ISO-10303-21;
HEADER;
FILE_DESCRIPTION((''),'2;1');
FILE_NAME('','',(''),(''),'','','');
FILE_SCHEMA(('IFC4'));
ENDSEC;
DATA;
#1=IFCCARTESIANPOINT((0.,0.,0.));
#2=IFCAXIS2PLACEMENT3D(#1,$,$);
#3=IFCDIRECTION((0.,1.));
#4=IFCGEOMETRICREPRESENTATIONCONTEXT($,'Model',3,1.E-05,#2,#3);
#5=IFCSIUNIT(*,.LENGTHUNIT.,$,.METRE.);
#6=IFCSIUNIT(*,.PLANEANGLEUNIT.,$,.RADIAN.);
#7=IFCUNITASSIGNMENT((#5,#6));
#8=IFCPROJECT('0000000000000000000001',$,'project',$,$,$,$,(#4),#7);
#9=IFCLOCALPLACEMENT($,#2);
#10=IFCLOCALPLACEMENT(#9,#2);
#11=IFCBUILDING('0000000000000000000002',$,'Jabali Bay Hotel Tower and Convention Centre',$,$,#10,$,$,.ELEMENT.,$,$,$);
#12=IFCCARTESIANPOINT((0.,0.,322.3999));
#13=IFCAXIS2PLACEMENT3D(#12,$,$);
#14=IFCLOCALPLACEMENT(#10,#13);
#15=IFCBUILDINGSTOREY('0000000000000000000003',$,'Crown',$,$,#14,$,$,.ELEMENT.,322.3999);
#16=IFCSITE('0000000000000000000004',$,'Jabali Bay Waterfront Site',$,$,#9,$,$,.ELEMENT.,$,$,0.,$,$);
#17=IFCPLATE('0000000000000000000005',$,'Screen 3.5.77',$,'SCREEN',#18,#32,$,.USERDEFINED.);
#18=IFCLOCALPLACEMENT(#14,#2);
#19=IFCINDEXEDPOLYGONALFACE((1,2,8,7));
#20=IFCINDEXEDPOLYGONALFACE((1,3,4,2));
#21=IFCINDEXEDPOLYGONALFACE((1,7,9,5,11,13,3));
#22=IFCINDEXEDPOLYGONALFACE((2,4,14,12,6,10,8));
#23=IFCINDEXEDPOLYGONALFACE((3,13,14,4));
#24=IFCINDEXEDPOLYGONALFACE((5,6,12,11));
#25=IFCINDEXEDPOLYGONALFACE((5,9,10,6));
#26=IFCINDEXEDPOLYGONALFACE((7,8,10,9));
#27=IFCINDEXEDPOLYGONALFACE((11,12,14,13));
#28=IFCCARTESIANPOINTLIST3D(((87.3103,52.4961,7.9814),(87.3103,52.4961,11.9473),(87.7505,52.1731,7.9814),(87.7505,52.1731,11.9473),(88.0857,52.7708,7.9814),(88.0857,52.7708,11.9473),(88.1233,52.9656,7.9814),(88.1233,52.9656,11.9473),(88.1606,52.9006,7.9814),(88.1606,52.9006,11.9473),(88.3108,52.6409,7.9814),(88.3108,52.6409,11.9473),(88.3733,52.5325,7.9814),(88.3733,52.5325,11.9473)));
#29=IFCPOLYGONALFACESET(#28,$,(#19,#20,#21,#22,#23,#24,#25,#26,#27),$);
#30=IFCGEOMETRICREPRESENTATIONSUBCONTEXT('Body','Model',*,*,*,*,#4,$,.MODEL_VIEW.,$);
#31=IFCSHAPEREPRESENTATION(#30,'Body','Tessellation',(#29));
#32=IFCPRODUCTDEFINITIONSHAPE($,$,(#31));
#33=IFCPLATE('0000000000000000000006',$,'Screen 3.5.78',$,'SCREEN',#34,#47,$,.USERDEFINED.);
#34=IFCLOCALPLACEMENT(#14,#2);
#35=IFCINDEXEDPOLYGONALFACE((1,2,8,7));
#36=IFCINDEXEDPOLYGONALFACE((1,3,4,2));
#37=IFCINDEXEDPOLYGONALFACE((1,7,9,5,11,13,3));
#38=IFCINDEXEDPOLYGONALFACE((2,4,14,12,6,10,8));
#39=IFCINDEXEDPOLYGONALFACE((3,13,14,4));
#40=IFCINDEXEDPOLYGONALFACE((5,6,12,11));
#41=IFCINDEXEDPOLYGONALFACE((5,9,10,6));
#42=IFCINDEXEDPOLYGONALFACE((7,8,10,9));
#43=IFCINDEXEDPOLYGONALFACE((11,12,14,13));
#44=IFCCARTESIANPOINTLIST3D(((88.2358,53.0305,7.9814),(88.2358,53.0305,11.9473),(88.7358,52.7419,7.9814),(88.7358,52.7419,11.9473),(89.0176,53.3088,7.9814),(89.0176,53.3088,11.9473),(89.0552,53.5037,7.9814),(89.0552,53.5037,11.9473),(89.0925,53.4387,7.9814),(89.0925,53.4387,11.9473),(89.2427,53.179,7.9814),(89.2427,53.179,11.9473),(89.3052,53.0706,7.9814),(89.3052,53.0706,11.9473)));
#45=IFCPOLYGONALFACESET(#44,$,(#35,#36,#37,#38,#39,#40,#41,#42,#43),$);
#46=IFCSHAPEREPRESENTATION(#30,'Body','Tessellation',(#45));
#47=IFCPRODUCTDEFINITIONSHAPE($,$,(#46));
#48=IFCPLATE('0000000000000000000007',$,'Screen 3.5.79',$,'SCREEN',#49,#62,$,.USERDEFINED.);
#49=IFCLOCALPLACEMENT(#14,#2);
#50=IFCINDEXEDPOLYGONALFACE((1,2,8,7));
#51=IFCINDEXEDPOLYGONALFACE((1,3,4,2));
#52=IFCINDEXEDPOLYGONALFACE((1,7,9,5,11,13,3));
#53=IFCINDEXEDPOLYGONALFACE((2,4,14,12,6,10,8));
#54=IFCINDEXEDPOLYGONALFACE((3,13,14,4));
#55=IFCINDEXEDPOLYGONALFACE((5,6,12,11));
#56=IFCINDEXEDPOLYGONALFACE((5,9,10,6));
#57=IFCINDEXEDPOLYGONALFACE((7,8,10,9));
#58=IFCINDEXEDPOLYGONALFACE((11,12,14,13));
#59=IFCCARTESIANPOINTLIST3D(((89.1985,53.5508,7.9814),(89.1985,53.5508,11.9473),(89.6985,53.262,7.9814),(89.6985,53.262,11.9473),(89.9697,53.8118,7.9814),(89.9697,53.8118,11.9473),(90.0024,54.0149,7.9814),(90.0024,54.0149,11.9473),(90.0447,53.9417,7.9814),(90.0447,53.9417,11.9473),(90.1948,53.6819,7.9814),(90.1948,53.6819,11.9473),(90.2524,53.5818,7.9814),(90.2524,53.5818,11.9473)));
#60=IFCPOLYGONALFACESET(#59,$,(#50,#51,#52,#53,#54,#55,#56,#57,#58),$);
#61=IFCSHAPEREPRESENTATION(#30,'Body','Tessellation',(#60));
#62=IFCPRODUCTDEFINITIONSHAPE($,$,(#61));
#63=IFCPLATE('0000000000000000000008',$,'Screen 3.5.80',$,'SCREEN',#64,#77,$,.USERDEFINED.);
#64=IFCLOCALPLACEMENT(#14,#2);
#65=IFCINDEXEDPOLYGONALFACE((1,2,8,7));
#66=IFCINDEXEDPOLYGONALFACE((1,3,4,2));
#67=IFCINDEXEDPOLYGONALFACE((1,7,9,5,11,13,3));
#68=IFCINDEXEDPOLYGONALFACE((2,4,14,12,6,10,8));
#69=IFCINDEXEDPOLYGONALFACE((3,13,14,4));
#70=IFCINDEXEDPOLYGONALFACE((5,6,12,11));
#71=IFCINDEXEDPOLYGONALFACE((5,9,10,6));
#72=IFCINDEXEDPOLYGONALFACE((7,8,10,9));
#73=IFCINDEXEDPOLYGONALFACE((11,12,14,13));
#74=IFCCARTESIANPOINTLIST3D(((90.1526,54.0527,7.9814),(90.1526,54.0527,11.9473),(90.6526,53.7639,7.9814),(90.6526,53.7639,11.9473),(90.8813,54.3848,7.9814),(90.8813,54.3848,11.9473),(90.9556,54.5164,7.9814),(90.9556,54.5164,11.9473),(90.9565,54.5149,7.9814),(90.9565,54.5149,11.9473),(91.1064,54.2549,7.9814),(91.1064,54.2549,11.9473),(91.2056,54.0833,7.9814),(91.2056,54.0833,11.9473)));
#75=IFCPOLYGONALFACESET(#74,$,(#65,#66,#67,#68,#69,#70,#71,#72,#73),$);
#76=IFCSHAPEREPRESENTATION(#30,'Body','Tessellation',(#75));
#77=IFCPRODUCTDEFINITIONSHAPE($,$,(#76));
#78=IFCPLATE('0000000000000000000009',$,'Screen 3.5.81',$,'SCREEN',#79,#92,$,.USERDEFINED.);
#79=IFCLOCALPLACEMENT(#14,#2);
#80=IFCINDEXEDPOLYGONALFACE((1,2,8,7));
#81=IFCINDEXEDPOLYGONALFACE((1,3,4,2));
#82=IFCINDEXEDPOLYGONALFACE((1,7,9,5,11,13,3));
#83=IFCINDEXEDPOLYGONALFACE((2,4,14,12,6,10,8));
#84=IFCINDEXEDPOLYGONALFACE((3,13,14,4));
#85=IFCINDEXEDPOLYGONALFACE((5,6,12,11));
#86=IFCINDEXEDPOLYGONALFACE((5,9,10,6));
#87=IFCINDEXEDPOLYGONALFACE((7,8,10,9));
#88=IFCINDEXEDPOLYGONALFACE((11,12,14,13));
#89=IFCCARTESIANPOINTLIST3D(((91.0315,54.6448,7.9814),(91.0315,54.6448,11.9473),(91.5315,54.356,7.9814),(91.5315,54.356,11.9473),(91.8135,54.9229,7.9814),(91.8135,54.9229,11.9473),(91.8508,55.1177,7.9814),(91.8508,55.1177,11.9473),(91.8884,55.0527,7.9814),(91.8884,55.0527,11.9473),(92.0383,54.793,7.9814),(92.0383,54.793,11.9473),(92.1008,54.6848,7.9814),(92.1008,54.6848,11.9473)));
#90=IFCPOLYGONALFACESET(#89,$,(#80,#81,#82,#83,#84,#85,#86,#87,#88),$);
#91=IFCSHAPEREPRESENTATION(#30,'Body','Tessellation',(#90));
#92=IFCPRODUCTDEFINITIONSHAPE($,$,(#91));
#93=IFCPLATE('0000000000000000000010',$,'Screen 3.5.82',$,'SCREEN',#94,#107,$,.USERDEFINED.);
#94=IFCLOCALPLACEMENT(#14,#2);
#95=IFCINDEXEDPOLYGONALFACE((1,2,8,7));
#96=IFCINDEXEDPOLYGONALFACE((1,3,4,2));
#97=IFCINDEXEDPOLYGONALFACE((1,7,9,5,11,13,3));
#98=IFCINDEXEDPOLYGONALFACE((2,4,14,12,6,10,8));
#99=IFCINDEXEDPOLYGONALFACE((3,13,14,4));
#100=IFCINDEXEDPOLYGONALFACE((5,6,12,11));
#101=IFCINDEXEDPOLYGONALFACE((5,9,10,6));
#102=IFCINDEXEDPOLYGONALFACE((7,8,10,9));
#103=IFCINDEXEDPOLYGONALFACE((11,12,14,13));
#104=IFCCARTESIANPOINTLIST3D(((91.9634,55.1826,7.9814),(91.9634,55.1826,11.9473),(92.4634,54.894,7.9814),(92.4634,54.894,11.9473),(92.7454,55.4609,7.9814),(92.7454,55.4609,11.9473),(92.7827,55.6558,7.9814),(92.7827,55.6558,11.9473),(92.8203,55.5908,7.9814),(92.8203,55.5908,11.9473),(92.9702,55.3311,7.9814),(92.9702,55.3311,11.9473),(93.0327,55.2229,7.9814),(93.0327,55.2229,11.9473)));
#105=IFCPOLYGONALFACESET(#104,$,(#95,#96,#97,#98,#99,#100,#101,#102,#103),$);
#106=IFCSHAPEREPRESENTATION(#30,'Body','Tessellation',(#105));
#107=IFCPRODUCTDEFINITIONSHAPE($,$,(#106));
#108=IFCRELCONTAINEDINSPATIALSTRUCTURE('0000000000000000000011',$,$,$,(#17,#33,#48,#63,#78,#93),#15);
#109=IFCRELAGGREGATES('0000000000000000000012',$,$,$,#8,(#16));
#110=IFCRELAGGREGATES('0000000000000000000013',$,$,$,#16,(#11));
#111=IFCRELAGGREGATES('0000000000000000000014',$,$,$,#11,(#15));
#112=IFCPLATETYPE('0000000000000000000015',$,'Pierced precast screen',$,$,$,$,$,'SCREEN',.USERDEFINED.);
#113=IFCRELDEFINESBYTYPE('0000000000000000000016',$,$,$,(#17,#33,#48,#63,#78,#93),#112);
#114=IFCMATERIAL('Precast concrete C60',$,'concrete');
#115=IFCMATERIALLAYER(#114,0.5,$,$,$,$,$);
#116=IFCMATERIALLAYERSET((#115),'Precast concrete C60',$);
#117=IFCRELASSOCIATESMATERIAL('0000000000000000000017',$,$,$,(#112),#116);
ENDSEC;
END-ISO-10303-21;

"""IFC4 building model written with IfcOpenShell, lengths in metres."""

from ifc_helpers import new_model, si_unit, direction, frame, origin, place, context, subcontext, project, spatial, polyline, outline, extrude, material, layer, layer_set, type_object, element, save


model = new_model("IFC4")

# Units and contexts
model_context = context("Model", 3, precision=1e-05, world=origin(), true_north=direction((0.0, 1.0)))
body_context = subcontext(model_context, "Body", "Model", "MODEL_VIEW")
ifc_project = project(units=[si_unit("LENGTHUNIT", "METRE"), si_unit("PLANEANGLEUNIT", "RADIAN")], contexts=[model_context])

# Site, building, storey
site_placement = place(None, origin())
site = spatial("IfcSite", under=ifc_project, at=site_placement, Name="Jabali Bay Waterfront Site", CompositionType="ELEMENT", RefElevation=0.0)
building_placement = place(site_placement, origin())
building = spatial("IfcBuilding", under=site, at=building_placement, Name="Jabali Bay Hotel Tower and Convention Centre", CompositionType="ELEMENT")
storey_placement = place(building_placement, frame((0.0, 0.0, 322.3999)))
storey = spatial("IfcBuildingStorey", under=building, at=storey_placement, Name="Crown", CompositionType="ELEMENT", Elevation=322.3999)

# Plates
ifc_material = material(Name="Precast concrete C60", Category="concrete")
ifc_layer = layer(ifc_material, 0.5)
ifc_layer_set = layer_set([ifc_layer], Name="Precast concrete C60")
plate_type = type_object("IfcPlateType", Name="Pierced precast screen", ElementType="SCREEN", PredefinedType="USERDEFINED", material=ifc_layer_set)
plate_1_placement = place(storey_placement, frame((0.0, 0.0, 7.9814)))
element("IfcPlate", 1, at=plate_1_placement, inside=storey, type_object=plate_type, Name="Screen 3.5.77", ObjectType="SCREEN", PredefinedType="USERDEFINED", context=body_context, shape_type="SweptSolid", body=[
    extrude(outline(polyline([(88.1233, 52.9656), (87.3103, 52.4961), (87.7505, 52.1731), (88.3733, 52.5325), (88.3108, 52.6409), (88.0857, 52.7708), (88.1606, 52.9006), (88.1233, 52.9656)])), origin(), (0.0, 0.0, 1.0), 3.9658),
])
plate_2_placement = place(storey_placement, frame((0.0, 0.0, 7.9814)))
element("IfcPlate", 2, at=plate_2_placement, inside=storey, type_object=plate_type, Name="Screen 3.5.78", ObjectType="SCREEN", PredefinedType="USERDEFINED", context=body_context, shape_type="SweptSolid", body=[
    extrude(outline(polyline([(89.0552, 53.5037), (88.2358, 53.0305), (88.7358, 52.7419), (89.3052, 53.0706), (89.2427, 53.179), (89.0176, 53.3088), (89.0925, 53.4387), (89.0552, 53.5037)])), origin(), (0.0, 0.0, 1.0), 3.9658),
])
plate_3_placement = place(storey_placement, frame((0.0, 0.0, 7.9814)))
element("IfcPlate", 3, at=plate_3_placement, inside=storey, type_object=plate_type, Name="Screen 3.5.79", ObjectType="SCREEN", PredefinedType="USERDEFINED", context=body_context, shape_type="SweptSolid", body=[
    extrude(outline(polyline([(90.0024, 54.0149), (89.1985, 53.5508), (89.6985, 53.262), (90.2524, 53.5818), (90.1948, 53.6819), (89.9697, 53.8118), (90.0447, 53.9417), (90.0024, 54.0149)])), origin(), (0.0, 0.0, 1.0), 3.9658),
])
plate_4_placement = place(storey_placement, frame((0.0, 0.0, 7.9814)))
element("IfcPlate", 4, at=plate_4_placement, inside=storey, type_object=plate_type, Name="Screen 3.5.80", ObjectType="SCREEN", PredefinedType="USERDEFINED", context=body_context, shape_type="SweptSolid", body=[
    extrude(outline(polyline([(90.9556, 54.5164), (90.1526, 54.0527), (90.6526, 53.7639), (91.2056, 54.0833), (91.1064, 54.2549), (90.8813, 54.3848), (90.9565, 54.5149), (90.9556, 54.5164)])), origin(), (0.0, 0.0, 1.0), 3.9658),
])
plate_5_placement = place(storey_placement, frame((0.0, 0.0, 7.9814)))
element("IfcPlate", 5, at=plate_5_placement, inside=storey, type_object=plate_type, Name="Screen 3.5.81", ObjectType="SCREEN", PredefinedType="USERDEFINED", context=body_context, shape_type="SweptSolid", body=[
    extrude(outline(polyline([(91.8508, 55.1177), (91.0315, 54.6448), (91.5315, 54.356), (92.1008, 54.6848), (92.0383, 54.793), (91.8135, 54.9229), (91.8884, 55.0527), (91.8508, 55.1177)])), origin(), (0.0, 0.0, 1.0), 3.9658),
])
plate_6_placement = place(storey_placement, frame((0.0, 0.0, 7.9814)))
element("IfcPlate", 6, at=plate_6_placement, inside=storey, type_object=plate_type, Name="Screen 3.5.82", ObjectType="SCREEN", PredefinedType="USERDEFINED", context=body_context, shape_type="SweptSolid", body=[
    extrude(outline(polyline([(92.7827, 55.6558), (91.9634, 55.1826), (92.4634, 54.894), (93.0327, 55.2229), (92.9702, 55.3311), (92.7454, 55.4609), (92.8203, 55.5908), (92.7827, 55.6558)])), origin(), (0.0, 0.0, 1.0), 3.9658),
])

save(model, "model.ifc")
